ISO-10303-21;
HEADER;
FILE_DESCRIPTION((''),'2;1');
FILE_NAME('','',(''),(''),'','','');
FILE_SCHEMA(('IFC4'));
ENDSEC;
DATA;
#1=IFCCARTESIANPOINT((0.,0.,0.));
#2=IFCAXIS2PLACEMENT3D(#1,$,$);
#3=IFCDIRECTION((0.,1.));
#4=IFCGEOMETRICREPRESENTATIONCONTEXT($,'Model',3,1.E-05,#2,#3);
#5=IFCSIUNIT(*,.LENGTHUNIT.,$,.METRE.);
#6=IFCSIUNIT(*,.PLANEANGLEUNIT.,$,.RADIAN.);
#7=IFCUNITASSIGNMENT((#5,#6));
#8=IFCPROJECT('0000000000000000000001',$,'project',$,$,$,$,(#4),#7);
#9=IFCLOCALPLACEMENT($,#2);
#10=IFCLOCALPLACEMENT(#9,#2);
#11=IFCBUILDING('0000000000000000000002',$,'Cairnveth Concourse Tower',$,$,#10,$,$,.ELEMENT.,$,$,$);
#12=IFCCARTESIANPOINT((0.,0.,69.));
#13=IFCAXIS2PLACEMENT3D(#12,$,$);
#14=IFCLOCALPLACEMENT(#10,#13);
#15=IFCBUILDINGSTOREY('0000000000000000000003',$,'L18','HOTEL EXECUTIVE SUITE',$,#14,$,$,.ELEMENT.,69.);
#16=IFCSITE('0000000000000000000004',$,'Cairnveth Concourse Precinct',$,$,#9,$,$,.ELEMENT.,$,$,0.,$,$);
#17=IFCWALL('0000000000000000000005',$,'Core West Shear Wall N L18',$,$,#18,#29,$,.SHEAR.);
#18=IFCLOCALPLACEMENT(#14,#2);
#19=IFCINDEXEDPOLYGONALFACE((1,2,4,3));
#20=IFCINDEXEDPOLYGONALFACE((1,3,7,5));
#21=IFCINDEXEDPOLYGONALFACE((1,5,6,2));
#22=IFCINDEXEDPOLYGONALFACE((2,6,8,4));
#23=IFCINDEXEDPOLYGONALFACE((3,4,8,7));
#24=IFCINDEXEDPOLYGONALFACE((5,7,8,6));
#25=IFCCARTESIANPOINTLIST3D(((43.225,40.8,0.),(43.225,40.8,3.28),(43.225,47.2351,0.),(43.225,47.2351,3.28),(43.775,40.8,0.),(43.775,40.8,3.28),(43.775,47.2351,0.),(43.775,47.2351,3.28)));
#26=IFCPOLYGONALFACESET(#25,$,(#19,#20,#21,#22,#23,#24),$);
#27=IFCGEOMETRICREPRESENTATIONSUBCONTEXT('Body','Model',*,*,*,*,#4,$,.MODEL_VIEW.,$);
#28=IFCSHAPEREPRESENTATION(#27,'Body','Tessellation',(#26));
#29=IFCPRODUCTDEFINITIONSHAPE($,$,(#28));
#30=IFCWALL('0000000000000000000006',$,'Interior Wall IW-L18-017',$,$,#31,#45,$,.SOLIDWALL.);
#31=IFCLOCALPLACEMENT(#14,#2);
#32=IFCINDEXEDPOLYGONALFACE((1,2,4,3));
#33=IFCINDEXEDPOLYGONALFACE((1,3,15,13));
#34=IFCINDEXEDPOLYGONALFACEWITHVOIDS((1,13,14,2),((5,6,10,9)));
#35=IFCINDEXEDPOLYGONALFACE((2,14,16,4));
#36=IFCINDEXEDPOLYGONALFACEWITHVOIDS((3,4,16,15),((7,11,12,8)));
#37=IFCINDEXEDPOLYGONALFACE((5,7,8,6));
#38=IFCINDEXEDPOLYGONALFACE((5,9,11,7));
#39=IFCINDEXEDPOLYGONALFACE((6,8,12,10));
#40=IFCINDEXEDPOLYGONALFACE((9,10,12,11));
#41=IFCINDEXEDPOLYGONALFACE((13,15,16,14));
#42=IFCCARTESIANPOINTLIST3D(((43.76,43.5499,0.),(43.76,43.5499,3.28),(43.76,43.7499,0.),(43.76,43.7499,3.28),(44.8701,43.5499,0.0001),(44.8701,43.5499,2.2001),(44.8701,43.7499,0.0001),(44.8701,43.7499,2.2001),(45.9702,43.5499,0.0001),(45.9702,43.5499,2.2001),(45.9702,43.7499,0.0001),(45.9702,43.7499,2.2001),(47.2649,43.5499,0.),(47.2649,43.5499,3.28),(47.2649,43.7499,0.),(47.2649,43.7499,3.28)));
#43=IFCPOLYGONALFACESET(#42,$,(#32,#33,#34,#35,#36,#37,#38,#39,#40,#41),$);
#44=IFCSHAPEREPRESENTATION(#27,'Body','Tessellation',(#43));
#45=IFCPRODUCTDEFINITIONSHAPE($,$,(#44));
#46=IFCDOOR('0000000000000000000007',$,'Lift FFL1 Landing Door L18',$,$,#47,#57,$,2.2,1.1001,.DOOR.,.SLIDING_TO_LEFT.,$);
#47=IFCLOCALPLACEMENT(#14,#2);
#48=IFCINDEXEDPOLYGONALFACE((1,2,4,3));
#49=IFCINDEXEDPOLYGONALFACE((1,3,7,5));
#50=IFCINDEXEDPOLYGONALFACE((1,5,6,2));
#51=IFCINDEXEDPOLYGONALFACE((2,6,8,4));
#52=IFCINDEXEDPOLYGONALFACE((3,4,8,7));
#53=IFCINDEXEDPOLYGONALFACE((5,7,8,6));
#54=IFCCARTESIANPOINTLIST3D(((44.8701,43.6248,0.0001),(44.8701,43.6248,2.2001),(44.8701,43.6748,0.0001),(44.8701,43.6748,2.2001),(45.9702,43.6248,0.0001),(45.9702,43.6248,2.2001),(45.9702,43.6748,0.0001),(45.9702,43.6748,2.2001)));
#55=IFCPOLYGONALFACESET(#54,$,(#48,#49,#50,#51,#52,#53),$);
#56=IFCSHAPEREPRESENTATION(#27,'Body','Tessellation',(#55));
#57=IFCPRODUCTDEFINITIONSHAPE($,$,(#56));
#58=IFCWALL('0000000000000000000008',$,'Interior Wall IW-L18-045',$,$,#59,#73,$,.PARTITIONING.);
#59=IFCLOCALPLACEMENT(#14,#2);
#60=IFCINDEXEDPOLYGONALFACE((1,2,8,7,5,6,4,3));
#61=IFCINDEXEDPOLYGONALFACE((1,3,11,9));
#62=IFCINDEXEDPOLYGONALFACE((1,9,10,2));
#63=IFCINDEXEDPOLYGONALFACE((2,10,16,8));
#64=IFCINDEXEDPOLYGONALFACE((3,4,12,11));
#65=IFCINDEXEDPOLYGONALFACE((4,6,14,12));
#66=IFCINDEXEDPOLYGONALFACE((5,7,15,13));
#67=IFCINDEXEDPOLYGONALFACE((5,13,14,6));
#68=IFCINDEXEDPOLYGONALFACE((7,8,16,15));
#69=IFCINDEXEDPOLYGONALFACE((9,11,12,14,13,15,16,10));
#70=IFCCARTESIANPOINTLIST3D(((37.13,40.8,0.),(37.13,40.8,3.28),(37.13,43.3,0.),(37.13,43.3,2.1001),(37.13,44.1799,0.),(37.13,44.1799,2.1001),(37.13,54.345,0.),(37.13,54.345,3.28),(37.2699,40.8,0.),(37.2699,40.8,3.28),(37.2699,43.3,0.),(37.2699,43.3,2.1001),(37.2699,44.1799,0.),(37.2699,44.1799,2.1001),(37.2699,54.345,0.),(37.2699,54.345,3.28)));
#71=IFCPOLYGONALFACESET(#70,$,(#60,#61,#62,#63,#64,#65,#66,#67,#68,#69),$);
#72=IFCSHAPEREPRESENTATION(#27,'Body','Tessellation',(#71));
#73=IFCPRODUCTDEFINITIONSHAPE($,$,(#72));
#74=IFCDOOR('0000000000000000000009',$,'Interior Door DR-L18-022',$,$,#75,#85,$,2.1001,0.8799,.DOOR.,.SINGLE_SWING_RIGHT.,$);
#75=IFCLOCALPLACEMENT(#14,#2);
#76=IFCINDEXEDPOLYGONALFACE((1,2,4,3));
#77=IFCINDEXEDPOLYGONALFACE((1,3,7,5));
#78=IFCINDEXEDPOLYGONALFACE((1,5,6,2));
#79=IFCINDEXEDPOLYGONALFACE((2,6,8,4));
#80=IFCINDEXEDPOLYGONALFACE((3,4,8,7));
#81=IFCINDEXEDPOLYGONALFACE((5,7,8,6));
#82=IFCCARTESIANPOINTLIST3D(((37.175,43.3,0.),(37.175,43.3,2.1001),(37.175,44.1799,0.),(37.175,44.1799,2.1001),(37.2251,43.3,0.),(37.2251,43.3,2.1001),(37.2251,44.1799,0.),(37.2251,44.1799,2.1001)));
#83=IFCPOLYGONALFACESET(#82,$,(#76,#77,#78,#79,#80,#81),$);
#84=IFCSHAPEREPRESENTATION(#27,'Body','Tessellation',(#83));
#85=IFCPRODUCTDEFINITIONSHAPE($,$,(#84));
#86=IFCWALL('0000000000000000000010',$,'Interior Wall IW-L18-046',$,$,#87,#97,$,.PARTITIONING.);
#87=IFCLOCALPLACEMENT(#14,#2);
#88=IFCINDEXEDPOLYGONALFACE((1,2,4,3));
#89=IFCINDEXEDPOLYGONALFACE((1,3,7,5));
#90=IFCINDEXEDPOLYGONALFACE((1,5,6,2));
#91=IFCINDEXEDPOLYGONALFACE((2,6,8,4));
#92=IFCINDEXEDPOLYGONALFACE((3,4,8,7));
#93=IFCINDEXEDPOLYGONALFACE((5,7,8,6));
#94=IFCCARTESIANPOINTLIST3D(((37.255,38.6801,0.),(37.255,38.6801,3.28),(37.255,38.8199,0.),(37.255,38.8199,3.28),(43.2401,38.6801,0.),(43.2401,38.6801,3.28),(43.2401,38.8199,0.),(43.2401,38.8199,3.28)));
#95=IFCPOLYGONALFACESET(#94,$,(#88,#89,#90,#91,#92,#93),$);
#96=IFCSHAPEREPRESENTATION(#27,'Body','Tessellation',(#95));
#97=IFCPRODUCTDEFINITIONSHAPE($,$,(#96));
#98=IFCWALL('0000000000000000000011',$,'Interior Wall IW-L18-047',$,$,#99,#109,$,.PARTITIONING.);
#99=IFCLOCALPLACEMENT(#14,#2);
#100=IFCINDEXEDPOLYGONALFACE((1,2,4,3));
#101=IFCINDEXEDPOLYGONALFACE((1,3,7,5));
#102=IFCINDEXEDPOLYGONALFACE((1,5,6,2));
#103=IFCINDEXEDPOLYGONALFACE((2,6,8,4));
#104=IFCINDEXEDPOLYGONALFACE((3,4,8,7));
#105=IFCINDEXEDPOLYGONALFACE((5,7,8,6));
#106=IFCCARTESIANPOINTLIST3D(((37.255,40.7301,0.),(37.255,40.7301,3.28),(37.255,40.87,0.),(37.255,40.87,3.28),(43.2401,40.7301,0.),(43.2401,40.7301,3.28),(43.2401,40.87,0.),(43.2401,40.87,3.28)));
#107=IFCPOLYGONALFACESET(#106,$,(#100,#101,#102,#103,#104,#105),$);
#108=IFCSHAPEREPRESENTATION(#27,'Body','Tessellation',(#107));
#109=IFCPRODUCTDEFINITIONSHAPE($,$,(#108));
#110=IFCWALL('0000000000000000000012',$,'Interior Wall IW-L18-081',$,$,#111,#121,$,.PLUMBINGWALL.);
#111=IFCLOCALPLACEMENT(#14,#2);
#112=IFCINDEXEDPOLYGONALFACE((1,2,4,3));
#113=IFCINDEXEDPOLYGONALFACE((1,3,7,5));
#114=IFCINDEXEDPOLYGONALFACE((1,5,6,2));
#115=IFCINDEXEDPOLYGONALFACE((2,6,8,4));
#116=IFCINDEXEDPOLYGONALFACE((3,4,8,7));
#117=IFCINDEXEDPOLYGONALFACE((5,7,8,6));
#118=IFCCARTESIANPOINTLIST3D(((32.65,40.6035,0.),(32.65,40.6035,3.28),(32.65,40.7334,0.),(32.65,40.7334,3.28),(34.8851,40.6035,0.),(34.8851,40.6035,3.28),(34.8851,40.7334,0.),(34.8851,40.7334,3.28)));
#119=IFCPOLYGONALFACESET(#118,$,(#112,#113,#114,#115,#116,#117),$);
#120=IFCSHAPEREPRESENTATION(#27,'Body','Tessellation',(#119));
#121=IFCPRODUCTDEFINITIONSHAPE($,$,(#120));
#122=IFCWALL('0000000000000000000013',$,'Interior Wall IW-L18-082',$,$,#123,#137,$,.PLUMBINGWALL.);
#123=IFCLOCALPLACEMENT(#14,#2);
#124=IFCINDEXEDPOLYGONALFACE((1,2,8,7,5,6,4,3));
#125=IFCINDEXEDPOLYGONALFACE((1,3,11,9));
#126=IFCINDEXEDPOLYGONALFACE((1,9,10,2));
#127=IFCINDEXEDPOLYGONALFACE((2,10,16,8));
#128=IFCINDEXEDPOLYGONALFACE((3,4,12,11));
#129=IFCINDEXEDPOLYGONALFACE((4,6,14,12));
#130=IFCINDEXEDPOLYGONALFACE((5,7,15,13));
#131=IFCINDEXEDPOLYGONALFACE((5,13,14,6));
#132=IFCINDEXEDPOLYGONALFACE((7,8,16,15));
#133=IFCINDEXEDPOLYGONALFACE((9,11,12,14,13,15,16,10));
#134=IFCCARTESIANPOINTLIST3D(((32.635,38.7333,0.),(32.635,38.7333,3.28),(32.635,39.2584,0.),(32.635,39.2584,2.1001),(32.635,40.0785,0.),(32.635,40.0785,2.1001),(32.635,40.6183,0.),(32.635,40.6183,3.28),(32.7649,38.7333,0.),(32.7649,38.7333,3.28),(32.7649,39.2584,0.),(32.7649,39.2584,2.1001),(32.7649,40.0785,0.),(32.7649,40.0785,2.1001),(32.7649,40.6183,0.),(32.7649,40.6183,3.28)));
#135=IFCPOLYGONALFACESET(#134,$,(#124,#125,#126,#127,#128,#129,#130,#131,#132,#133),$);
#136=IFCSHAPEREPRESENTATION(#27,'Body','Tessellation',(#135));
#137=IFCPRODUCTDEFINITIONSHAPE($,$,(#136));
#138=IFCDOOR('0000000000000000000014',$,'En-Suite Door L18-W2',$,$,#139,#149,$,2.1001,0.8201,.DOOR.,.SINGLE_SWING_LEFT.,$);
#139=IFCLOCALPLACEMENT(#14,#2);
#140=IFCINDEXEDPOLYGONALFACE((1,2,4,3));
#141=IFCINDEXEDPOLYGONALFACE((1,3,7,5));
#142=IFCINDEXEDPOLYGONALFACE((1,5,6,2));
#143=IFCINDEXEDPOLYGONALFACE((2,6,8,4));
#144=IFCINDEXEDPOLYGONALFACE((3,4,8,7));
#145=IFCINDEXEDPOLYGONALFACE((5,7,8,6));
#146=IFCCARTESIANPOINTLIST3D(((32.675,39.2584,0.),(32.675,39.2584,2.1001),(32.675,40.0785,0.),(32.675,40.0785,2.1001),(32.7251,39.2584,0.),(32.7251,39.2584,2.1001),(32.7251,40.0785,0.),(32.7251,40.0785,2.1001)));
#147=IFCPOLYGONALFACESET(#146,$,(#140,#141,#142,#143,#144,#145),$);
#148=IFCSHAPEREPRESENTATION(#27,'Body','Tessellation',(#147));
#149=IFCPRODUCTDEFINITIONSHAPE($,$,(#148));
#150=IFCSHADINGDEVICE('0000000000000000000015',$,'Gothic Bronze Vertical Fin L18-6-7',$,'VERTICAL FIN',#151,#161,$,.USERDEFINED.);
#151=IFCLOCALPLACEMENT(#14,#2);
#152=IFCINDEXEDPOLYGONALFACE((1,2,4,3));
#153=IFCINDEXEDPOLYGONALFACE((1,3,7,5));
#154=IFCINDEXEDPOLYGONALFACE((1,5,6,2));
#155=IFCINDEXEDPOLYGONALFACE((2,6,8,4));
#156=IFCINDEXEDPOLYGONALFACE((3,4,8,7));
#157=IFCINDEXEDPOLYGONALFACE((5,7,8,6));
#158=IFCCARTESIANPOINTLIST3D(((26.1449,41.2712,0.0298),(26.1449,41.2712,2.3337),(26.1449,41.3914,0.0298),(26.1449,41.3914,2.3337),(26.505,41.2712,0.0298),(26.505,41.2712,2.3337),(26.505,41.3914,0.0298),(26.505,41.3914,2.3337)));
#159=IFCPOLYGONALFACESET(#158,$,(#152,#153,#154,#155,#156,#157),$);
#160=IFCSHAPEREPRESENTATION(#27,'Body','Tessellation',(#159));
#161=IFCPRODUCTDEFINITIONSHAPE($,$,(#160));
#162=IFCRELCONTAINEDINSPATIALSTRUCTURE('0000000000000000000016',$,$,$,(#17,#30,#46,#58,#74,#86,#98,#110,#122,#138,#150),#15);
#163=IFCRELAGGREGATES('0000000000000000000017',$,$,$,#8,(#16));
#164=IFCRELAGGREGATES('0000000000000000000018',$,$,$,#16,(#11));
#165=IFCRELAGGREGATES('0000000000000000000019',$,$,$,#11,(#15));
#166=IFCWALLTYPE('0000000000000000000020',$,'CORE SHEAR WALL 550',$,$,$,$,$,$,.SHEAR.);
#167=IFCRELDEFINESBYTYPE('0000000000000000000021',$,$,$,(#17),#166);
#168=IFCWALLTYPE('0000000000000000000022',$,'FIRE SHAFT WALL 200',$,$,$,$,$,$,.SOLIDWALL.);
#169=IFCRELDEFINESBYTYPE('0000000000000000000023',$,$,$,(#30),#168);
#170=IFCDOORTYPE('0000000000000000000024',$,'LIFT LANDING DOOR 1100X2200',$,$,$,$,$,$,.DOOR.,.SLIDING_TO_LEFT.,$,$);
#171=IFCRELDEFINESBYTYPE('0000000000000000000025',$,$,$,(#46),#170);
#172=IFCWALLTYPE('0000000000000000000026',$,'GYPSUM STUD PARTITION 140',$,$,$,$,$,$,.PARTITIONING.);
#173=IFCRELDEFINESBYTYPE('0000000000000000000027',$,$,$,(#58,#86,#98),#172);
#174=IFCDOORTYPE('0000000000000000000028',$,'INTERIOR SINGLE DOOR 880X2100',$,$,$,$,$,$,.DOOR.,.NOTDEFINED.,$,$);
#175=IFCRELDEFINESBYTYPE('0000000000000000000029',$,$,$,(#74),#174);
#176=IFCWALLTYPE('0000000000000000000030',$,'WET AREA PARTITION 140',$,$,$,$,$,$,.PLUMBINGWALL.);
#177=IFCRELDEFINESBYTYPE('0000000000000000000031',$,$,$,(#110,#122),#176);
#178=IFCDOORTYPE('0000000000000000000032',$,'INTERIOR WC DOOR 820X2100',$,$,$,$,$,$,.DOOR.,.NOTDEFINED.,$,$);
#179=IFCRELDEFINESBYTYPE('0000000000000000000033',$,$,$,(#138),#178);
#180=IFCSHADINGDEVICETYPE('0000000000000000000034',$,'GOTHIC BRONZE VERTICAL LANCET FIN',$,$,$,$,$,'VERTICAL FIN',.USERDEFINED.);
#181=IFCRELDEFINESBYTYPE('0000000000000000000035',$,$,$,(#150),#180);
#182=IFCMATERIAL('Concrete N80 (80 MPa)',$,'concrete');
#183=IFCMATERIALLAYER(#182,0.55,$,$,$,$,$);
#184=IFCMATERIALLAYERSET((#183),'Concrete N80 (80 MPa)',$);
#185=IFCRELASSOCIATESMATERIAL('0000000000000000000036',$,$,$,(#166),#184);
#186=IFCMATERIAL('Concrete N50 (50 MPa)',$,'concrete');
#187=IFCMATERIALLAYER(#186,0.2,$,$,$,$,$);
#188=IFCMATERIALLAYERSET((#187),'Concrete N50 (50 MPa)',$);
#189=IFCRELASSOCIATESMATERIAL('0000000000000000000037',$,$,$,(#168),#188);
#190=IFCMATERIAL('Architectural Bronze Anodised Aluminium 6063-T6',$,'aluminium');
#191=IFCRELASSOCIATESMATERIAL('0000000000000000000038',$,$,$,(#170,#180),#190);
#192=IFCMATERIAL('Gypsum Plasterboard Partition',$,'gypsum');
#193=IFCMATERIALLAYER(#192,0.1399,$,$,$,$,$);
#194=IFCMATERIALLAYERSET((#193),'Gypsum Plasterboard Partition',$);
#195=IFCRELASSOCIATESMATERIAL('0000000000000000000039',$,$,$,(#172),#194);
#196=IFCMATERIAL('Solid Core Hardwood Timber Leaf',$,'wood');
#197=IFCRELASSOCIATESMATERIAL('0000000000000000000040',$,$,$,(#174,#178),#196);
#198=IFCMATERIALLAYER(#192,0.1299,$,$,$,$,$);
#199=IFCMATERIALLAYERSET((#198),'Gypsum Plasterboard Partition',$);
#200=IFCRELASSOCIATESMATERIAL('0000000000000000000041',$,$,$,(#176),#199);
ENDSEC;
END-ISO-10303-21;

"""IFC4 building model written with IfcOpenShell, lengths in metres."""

from ifc_helpers import new_model, si_unit, direction, frame, frame_2d, origin, origin_2d, place, context, subcontext, project, spatial, rectangle, extrude, material, layer, layer_set, type_object, element, fill, save


model = new_model("IFC4")

# Units and contexts
model_context = context("Model", 3, precision=1e-05, world=origin(), true_north=direction((0.0, 1.0)))
body_context = subcontext(model_context, "Body", "Model", "MODEL_VIEW")
ifc_project = project(units=[si_unit("LENGTHUNIT", "METRE"), si_unit("PLANEANGLEUNIT", "RADIAN")], contexts=[model_context])

# Site, building, storey
site_placement = place(None, origin())
site = spatial("IfcSite", under=ifc_project, at=site_placement, Name="Cairnveth Concourse Precinct", CompositionType="ELEMENT", RefElevation=0.0)
building_placement = place(site_placement, origin())
building = spatial("IfcBuilding", under=site, at=building_placement, Name="Cairnveth Concourse Tower", CompositionType="ELEMENT")
storey_placement = place(building_placement, frame((0.0, 0.0, 69.0)))
storey = spatial("IfcBuildingStorey", under=building, at=storey_placement, Name="L18", Description="HOTEL EXECUTIVE SUITE", CompositionType="ELEMENT", Elevation=69.0)

# Shared definitions
ifc_material_1 = material(Name="Concrete N80 (80 MPa)", Category="concrete")

# Wall
ifc_material_2 = material(Name="Gypsum Plasterboard Partition", Category="gypsum")
ifc_layer_1 = layer(ifc_material_1, 0.55)
ifc_layer_set_1 = layer_set([ifc_layer_1], Name="Concrete N80 (80 MPa)")
wall_type_1 = type_object("IfcWallType", Name="CORE SHEAR WALL 550", PredefinedType="SHEAR", material=ifc_layer_set_1)
wall_1_placement = place(storey_placement, frame((43.5, 40.8, 0.0), z_axis=(0.0, 0.0, 1.0), x_axis=(0.0, 1.0, 0.0)))
element("IfcWall", 1, at=wall_1_placement, inside=storey, type_object=wall_type_1, Name="Core West Shear Wall N L18", PredefinedType="SHEAR", context=body_context, shape_type="SweptSolid", body=[
    extrude(rectangle(XDim=6.4351, YDim=0.55, at=frame_2d((3.2175, 0.0))), origin(), (0.0, 0.0, 1.0), 3.28),
])

# Walls, openings, doors
ifc_material_3 = material(Name="Concrete N50 (50 MPa)", Category="concrete")
ifc_layer_2 = layer(ifc_material_3, 0.2)
ifc_layer_set_2 = layer_set([ifc_layer_2], Name="Concrete N50 (50 MPa)")
wall_type_2 = type_object("IfcWallType", Name="FIRE SHAFT WALL 200", PredefinedType="SOLIDWALL", material=ifc_layer_set_2)
wall_2_placement = place(storey_placement, frame((43.76, 43.6499, 0.0), z_axis=(0.0, 0.0, 1.0), x_axis=(1.0, 0.0, 0.0)))
wall_2 = element("IfcWall", 2, at=wall_2_placement, inside=storey, type_object=wall_type_2, Name="Interior Wall IW-L18-017", PredefinedType="SOLIDWALL", context=body_context, shape_type="SweptSolid", body=[
    extrude(rectangle(XDim=3.5049, YDim=0.2, at=frame_2d((1.7524, 0.0))), origin(), (0.0, 0.0, 1.0), 3.28),
])
opening_1_placement = place(wall_2_placement, frame((1.1101, 0.0, 0.0)))
opening_1 = element("IfcOpeningElement", 3, at=opening_1_placement, cuts=wall_2, PredefinedType="OPENING", context=body_context, shape_type="SweptSolid", body=[
    extrude(rectangle(XDim=1.1001, YDim=2.2, at=frame_2d((0.55, 1.1001))), frame((0.0, 0.1099, 0.0), z_axis=(0.0, -1.0, 0.0), x_axis=(1.0, 0.0, 0.0)), (0.0, 0.0, 1.0), 0.22),
])
ifc_material_4 = material(Name="Architectural Bronze Anodised Aluminium 6063-T6", Category="aluminium")
door_type_1 = type_object("IfcDoorType", Name="LIFT LANDING DOOR 1100X2200", OperationType="SLIDING_TO_LEFT", PredefinedType="DOOR", material=ifc_material_4)
door_1_placement = place(opening_1_placement, origin())
door_1 = element("IfcDoor", 4, at=door_1_placement, inside=storey, type_object=door_type_1, Name="Lift FFL1 Landing Door L18", OperationType="SLIDING_TO_LEFT", OverallHeight=2.2, OverallWidth=1.1001, PredefinedType="DOOR", context=body_context, shape_type="SweptSolid", body=[
    extrude(rectangle(XDim=1.1001, YDim=2.2, at=frame_2d((0.55, 1.1001))), frame((0.0, 0.0249, 0.0), z_axis=(0.0, -1.0, 0.0), x_axis=(1.0, 0.0, 0.0)), (0.0, 0.0, 1.0), 0.05),
])
fill(opening_1, door_1)
ifc_layer_3 = layer(ifc_material_2, 0.1399)
ifc_layer_set_3 = layer_set([ifc_layer_3], Name="Gypsum Plasterboard Partition")
wall_type_3 = type_object("IfcWallType", Name="GYPSUM STUD PARTITION 140", PredefinedType="PARTITIONING", material=ifc_layer_set_3)
wall_3_placement = place(storey_placement, frame((37.2, 40.8, 0.0), z_axis=(0.0, 0.0, 1.0), x_axis=(0.0, 1.0, 0.0)))
wall_3 = element("IfcWall", 5, at=wall_3_placement, inside=storey, type_object=wall_type_3, Name="Interior Wall IW-L18-045", PredefinedType="PARTITIONING", context=body_context, shape_type="SweptSolid", body=[
    extrude(rectangle(XDim=13.5449, YDim=0.1399, at=frame_2d((6.7725, 0.0))), origin(), (0.0, 0.0, 1.0), 3.28),
])
opening_2_placement = place(wall_3_placement, frame((2.5, 0.0, 0.0)))
opening_2 = element("IfcOpeningElement", 6, at=opening_2_placement, cuts=wall_3, PredefinedType="OPENING", context=body_context, shape_type="SweptSolid", body=[
    extrude(rectangle(XDim=0.8799, YDim=2.1001, at=frame_2d((0.4399, 1.05))), frame((0.0, 0.0798, 0.0), z_axis=(0.0, -1.0, 0.0), x_axis=(1.0, 0.0, 0.0)), (0.0, 0.0, 1.0), 0.1599),
])
ifc_material_5 = material(Name="Solid Core Hardwood Timber Leaf", Category="wood")
door_type_2 = type_object("IfcDoorType", Name="INTERIOR SINGLE DOOR 880X2100", OperationType="NOTDEFINED", PredefinedType="DOOR", material=ifc_material_5)
door_2_placement = place(opening_2_placement, origin())
door_2 = element("IfcDoor", 7, at=door_2_placement, inside=storey, type_object=door_type_2, Name="Interior Door DR-L18-022", OperationType="SINGLE_SWING_RIGHT", OverallHeight=2.1001, OverallWidth=0.8799, PredefinedType="DOOR", context=body_context, shape_type="SweptSolid", body=[
    extrude(rectangle(XDim=0.8799, YDim=2.1001, at=frame_2d((0.4399, 1.05))), frame((0.0, 0.0249, 0.0), z_axis=(0.0, -1.0, 0.0), x_axis=(1.0, 0.0, 0.0)), (0.0, 0.0, 1.0), 0.05),
])
fill(opening_2, door_2)

# Walls
for number, where, z_axis, x_axis, name in (
    (8, (37.2549, 38.75, 0.0), (0.0, 0.0, 1.0), (1.0, 0.0, 0.0), "Interior Wall IW-L18-046"),
    (9, (37.2549, 40.8, 0.0), (0.0, 0.0, 1.0), (1.0, 0.0, 0.0), "Interior Wall IW-L18-047"),
):
    element("IfcWall", number, at=place(storey_placement, frame(where, z_axis=z_axis, x_axis=x_axis)), inside=storey, type_object=wall_type_3, Name=name, PredefinedType="PARTITIONING", context=body_context, shape_type="SweptSolid", body=[
        extrude(rectangle(XDim=5.9851, YDim=0.1399, at=frame_2d((2.9927, 0.0))), origin(), (0.0, 0.0, 1.0), 3.28),
    ])
ifc_layer_4 = layer(ifc_material_2, 0.1299)
ifc_layer_set_4 = layer_set([ifc_layer_4], Name="Gypsum Plasterboard Partition")
wall_type_4 = type_object("IfcWallType", Name="WET AREA PARTITION 140", PredefinedType="PLUMBINGWALL", material=ifc_layer_set_4)
wall_4_placement = place(storey_placement, frame((32.6499, 40.6685, 0.0), z_axis=(0.0, 0.0, 1.0), x_axis=(1.0, 0.0, 0.0)))
element("IfcWall", 10, at=wall_4_placement, inside=storey, type_object=wall_type_4, Name="Interior Wall IW-L18-081", PredefinedType="PLUMBINGWALL", context=body_context, shape_type="SweptSolid", body=[
    extrude(rectangle(XDim=2.2351, YDim=0.1299, at=frame_2d((1.1177, 0.0))), origin(), (0.0, 0.0, 1.0), 3.28),
])

# Wall, opening, door
wall_5_placement = place(storey_placement, frame((32.7, 38.7334, 0.0), z_axis=(0.0, 0.0, 1.0), x_axis=(0.0, 1.0, 0.0)))
wall_5 = element("IfcWall", 11, at=wall_5_placement, inside=storey, type_object=wall_type_4, Name="Interior Wall IW-L18-082", PredefinedType="PLUMBINGWALL", context=body_context, shape_type="SweptSolid", body=[
    extrude(rectangle(XDim=1.885, YDim=0.1299, at=frame_2d((0.9424, 0.0))), origin(), (0.0, 0.0, 1.0), 3.28),
])
opening_3_placement = place(wall_5_placement, frame((0.5249, 0.0, 0.0)))
opening_3 = element("IfcOpeningElement", 12, at=opening_3_placement, cuts=wall_5, PredefinedType="OPENING", context=body_context, shape_type="SweptSolid", body=[
    extrude(rectangle(XDim=0.8201, YDim=2.1001, at=frame_2d((0.4102, 1.05))), frame((0.0, 0.075, 0.0), z_axis=(0.0, -1.0, 0.0), x_axis=(1.0, 0.0, 0.0)), (0.0, 0.0, 1.0), 0.1499),
])
door_type_3 = type_object("IfcDoorType", Name="INTERIOR WC DOOR 820X2100", OperationType="NOTDEFINED", PredefinedType="DOOR", material=ifc_material_5)
door_3_placement = place(opening_3_placement, origin())
door_3 = element("IfcDoor", 13, at=door_3_placement, inside=storey, type_object=door_type_3, Name="En-Suite Door L18-W2", OperationType="SINGLE_SWING_LEFT", OverallHeight=2.1001, OverallWidth=0.8201, PredefinedType="DOOR", context=body_context, shape_type="SweptSolid", body=[
    extrude(rectangle(XDim=0.8201, YDim=2.1001, at=frame_2d((0.4102, 1.05))), frame((0.0, 0.0249, 0.0), z_axis=(0.0, -1.0, 0.0), x_axis=(1.0, 0.0, 0.0)), (0.0, 0.0, 1.0), 0.05),
])
fill(opening_3, door_3)

# Shading device
shading_device_type = type_object("IfcShadingDeviceType", Name="GOTHIC BRONZE VERTICAL LANCET FIN", ElementType="VERTICAL FIN", PredefinedType="USERDEFINED", material=ifc_material_4)
shading_device_placement = place(storey_placement, frame((26.325, 41.3313, 0.0298), z_axis=(0.0, 0.0, 1.0), x_axis=(0.0, 1.0, 0.0)))
element("IfcShadingDevice", 14, at=shading_device_placement, inside=storey, type_object=shading_device_type, Name="Gothic Bronze Vertical Fin L18-6-7", ObjectType="VERTICAL FIN", PredefinedType="USERDEFINED", context=body_context, shape_type="SweptSolid", body=[
    extrude(rectangle(XDim=0.1201, YDim=0.3601, at=origin_2d()), origin(), (0.0, 0.0, 1.0), 2.304),
])

save(model, "model.ifc")
